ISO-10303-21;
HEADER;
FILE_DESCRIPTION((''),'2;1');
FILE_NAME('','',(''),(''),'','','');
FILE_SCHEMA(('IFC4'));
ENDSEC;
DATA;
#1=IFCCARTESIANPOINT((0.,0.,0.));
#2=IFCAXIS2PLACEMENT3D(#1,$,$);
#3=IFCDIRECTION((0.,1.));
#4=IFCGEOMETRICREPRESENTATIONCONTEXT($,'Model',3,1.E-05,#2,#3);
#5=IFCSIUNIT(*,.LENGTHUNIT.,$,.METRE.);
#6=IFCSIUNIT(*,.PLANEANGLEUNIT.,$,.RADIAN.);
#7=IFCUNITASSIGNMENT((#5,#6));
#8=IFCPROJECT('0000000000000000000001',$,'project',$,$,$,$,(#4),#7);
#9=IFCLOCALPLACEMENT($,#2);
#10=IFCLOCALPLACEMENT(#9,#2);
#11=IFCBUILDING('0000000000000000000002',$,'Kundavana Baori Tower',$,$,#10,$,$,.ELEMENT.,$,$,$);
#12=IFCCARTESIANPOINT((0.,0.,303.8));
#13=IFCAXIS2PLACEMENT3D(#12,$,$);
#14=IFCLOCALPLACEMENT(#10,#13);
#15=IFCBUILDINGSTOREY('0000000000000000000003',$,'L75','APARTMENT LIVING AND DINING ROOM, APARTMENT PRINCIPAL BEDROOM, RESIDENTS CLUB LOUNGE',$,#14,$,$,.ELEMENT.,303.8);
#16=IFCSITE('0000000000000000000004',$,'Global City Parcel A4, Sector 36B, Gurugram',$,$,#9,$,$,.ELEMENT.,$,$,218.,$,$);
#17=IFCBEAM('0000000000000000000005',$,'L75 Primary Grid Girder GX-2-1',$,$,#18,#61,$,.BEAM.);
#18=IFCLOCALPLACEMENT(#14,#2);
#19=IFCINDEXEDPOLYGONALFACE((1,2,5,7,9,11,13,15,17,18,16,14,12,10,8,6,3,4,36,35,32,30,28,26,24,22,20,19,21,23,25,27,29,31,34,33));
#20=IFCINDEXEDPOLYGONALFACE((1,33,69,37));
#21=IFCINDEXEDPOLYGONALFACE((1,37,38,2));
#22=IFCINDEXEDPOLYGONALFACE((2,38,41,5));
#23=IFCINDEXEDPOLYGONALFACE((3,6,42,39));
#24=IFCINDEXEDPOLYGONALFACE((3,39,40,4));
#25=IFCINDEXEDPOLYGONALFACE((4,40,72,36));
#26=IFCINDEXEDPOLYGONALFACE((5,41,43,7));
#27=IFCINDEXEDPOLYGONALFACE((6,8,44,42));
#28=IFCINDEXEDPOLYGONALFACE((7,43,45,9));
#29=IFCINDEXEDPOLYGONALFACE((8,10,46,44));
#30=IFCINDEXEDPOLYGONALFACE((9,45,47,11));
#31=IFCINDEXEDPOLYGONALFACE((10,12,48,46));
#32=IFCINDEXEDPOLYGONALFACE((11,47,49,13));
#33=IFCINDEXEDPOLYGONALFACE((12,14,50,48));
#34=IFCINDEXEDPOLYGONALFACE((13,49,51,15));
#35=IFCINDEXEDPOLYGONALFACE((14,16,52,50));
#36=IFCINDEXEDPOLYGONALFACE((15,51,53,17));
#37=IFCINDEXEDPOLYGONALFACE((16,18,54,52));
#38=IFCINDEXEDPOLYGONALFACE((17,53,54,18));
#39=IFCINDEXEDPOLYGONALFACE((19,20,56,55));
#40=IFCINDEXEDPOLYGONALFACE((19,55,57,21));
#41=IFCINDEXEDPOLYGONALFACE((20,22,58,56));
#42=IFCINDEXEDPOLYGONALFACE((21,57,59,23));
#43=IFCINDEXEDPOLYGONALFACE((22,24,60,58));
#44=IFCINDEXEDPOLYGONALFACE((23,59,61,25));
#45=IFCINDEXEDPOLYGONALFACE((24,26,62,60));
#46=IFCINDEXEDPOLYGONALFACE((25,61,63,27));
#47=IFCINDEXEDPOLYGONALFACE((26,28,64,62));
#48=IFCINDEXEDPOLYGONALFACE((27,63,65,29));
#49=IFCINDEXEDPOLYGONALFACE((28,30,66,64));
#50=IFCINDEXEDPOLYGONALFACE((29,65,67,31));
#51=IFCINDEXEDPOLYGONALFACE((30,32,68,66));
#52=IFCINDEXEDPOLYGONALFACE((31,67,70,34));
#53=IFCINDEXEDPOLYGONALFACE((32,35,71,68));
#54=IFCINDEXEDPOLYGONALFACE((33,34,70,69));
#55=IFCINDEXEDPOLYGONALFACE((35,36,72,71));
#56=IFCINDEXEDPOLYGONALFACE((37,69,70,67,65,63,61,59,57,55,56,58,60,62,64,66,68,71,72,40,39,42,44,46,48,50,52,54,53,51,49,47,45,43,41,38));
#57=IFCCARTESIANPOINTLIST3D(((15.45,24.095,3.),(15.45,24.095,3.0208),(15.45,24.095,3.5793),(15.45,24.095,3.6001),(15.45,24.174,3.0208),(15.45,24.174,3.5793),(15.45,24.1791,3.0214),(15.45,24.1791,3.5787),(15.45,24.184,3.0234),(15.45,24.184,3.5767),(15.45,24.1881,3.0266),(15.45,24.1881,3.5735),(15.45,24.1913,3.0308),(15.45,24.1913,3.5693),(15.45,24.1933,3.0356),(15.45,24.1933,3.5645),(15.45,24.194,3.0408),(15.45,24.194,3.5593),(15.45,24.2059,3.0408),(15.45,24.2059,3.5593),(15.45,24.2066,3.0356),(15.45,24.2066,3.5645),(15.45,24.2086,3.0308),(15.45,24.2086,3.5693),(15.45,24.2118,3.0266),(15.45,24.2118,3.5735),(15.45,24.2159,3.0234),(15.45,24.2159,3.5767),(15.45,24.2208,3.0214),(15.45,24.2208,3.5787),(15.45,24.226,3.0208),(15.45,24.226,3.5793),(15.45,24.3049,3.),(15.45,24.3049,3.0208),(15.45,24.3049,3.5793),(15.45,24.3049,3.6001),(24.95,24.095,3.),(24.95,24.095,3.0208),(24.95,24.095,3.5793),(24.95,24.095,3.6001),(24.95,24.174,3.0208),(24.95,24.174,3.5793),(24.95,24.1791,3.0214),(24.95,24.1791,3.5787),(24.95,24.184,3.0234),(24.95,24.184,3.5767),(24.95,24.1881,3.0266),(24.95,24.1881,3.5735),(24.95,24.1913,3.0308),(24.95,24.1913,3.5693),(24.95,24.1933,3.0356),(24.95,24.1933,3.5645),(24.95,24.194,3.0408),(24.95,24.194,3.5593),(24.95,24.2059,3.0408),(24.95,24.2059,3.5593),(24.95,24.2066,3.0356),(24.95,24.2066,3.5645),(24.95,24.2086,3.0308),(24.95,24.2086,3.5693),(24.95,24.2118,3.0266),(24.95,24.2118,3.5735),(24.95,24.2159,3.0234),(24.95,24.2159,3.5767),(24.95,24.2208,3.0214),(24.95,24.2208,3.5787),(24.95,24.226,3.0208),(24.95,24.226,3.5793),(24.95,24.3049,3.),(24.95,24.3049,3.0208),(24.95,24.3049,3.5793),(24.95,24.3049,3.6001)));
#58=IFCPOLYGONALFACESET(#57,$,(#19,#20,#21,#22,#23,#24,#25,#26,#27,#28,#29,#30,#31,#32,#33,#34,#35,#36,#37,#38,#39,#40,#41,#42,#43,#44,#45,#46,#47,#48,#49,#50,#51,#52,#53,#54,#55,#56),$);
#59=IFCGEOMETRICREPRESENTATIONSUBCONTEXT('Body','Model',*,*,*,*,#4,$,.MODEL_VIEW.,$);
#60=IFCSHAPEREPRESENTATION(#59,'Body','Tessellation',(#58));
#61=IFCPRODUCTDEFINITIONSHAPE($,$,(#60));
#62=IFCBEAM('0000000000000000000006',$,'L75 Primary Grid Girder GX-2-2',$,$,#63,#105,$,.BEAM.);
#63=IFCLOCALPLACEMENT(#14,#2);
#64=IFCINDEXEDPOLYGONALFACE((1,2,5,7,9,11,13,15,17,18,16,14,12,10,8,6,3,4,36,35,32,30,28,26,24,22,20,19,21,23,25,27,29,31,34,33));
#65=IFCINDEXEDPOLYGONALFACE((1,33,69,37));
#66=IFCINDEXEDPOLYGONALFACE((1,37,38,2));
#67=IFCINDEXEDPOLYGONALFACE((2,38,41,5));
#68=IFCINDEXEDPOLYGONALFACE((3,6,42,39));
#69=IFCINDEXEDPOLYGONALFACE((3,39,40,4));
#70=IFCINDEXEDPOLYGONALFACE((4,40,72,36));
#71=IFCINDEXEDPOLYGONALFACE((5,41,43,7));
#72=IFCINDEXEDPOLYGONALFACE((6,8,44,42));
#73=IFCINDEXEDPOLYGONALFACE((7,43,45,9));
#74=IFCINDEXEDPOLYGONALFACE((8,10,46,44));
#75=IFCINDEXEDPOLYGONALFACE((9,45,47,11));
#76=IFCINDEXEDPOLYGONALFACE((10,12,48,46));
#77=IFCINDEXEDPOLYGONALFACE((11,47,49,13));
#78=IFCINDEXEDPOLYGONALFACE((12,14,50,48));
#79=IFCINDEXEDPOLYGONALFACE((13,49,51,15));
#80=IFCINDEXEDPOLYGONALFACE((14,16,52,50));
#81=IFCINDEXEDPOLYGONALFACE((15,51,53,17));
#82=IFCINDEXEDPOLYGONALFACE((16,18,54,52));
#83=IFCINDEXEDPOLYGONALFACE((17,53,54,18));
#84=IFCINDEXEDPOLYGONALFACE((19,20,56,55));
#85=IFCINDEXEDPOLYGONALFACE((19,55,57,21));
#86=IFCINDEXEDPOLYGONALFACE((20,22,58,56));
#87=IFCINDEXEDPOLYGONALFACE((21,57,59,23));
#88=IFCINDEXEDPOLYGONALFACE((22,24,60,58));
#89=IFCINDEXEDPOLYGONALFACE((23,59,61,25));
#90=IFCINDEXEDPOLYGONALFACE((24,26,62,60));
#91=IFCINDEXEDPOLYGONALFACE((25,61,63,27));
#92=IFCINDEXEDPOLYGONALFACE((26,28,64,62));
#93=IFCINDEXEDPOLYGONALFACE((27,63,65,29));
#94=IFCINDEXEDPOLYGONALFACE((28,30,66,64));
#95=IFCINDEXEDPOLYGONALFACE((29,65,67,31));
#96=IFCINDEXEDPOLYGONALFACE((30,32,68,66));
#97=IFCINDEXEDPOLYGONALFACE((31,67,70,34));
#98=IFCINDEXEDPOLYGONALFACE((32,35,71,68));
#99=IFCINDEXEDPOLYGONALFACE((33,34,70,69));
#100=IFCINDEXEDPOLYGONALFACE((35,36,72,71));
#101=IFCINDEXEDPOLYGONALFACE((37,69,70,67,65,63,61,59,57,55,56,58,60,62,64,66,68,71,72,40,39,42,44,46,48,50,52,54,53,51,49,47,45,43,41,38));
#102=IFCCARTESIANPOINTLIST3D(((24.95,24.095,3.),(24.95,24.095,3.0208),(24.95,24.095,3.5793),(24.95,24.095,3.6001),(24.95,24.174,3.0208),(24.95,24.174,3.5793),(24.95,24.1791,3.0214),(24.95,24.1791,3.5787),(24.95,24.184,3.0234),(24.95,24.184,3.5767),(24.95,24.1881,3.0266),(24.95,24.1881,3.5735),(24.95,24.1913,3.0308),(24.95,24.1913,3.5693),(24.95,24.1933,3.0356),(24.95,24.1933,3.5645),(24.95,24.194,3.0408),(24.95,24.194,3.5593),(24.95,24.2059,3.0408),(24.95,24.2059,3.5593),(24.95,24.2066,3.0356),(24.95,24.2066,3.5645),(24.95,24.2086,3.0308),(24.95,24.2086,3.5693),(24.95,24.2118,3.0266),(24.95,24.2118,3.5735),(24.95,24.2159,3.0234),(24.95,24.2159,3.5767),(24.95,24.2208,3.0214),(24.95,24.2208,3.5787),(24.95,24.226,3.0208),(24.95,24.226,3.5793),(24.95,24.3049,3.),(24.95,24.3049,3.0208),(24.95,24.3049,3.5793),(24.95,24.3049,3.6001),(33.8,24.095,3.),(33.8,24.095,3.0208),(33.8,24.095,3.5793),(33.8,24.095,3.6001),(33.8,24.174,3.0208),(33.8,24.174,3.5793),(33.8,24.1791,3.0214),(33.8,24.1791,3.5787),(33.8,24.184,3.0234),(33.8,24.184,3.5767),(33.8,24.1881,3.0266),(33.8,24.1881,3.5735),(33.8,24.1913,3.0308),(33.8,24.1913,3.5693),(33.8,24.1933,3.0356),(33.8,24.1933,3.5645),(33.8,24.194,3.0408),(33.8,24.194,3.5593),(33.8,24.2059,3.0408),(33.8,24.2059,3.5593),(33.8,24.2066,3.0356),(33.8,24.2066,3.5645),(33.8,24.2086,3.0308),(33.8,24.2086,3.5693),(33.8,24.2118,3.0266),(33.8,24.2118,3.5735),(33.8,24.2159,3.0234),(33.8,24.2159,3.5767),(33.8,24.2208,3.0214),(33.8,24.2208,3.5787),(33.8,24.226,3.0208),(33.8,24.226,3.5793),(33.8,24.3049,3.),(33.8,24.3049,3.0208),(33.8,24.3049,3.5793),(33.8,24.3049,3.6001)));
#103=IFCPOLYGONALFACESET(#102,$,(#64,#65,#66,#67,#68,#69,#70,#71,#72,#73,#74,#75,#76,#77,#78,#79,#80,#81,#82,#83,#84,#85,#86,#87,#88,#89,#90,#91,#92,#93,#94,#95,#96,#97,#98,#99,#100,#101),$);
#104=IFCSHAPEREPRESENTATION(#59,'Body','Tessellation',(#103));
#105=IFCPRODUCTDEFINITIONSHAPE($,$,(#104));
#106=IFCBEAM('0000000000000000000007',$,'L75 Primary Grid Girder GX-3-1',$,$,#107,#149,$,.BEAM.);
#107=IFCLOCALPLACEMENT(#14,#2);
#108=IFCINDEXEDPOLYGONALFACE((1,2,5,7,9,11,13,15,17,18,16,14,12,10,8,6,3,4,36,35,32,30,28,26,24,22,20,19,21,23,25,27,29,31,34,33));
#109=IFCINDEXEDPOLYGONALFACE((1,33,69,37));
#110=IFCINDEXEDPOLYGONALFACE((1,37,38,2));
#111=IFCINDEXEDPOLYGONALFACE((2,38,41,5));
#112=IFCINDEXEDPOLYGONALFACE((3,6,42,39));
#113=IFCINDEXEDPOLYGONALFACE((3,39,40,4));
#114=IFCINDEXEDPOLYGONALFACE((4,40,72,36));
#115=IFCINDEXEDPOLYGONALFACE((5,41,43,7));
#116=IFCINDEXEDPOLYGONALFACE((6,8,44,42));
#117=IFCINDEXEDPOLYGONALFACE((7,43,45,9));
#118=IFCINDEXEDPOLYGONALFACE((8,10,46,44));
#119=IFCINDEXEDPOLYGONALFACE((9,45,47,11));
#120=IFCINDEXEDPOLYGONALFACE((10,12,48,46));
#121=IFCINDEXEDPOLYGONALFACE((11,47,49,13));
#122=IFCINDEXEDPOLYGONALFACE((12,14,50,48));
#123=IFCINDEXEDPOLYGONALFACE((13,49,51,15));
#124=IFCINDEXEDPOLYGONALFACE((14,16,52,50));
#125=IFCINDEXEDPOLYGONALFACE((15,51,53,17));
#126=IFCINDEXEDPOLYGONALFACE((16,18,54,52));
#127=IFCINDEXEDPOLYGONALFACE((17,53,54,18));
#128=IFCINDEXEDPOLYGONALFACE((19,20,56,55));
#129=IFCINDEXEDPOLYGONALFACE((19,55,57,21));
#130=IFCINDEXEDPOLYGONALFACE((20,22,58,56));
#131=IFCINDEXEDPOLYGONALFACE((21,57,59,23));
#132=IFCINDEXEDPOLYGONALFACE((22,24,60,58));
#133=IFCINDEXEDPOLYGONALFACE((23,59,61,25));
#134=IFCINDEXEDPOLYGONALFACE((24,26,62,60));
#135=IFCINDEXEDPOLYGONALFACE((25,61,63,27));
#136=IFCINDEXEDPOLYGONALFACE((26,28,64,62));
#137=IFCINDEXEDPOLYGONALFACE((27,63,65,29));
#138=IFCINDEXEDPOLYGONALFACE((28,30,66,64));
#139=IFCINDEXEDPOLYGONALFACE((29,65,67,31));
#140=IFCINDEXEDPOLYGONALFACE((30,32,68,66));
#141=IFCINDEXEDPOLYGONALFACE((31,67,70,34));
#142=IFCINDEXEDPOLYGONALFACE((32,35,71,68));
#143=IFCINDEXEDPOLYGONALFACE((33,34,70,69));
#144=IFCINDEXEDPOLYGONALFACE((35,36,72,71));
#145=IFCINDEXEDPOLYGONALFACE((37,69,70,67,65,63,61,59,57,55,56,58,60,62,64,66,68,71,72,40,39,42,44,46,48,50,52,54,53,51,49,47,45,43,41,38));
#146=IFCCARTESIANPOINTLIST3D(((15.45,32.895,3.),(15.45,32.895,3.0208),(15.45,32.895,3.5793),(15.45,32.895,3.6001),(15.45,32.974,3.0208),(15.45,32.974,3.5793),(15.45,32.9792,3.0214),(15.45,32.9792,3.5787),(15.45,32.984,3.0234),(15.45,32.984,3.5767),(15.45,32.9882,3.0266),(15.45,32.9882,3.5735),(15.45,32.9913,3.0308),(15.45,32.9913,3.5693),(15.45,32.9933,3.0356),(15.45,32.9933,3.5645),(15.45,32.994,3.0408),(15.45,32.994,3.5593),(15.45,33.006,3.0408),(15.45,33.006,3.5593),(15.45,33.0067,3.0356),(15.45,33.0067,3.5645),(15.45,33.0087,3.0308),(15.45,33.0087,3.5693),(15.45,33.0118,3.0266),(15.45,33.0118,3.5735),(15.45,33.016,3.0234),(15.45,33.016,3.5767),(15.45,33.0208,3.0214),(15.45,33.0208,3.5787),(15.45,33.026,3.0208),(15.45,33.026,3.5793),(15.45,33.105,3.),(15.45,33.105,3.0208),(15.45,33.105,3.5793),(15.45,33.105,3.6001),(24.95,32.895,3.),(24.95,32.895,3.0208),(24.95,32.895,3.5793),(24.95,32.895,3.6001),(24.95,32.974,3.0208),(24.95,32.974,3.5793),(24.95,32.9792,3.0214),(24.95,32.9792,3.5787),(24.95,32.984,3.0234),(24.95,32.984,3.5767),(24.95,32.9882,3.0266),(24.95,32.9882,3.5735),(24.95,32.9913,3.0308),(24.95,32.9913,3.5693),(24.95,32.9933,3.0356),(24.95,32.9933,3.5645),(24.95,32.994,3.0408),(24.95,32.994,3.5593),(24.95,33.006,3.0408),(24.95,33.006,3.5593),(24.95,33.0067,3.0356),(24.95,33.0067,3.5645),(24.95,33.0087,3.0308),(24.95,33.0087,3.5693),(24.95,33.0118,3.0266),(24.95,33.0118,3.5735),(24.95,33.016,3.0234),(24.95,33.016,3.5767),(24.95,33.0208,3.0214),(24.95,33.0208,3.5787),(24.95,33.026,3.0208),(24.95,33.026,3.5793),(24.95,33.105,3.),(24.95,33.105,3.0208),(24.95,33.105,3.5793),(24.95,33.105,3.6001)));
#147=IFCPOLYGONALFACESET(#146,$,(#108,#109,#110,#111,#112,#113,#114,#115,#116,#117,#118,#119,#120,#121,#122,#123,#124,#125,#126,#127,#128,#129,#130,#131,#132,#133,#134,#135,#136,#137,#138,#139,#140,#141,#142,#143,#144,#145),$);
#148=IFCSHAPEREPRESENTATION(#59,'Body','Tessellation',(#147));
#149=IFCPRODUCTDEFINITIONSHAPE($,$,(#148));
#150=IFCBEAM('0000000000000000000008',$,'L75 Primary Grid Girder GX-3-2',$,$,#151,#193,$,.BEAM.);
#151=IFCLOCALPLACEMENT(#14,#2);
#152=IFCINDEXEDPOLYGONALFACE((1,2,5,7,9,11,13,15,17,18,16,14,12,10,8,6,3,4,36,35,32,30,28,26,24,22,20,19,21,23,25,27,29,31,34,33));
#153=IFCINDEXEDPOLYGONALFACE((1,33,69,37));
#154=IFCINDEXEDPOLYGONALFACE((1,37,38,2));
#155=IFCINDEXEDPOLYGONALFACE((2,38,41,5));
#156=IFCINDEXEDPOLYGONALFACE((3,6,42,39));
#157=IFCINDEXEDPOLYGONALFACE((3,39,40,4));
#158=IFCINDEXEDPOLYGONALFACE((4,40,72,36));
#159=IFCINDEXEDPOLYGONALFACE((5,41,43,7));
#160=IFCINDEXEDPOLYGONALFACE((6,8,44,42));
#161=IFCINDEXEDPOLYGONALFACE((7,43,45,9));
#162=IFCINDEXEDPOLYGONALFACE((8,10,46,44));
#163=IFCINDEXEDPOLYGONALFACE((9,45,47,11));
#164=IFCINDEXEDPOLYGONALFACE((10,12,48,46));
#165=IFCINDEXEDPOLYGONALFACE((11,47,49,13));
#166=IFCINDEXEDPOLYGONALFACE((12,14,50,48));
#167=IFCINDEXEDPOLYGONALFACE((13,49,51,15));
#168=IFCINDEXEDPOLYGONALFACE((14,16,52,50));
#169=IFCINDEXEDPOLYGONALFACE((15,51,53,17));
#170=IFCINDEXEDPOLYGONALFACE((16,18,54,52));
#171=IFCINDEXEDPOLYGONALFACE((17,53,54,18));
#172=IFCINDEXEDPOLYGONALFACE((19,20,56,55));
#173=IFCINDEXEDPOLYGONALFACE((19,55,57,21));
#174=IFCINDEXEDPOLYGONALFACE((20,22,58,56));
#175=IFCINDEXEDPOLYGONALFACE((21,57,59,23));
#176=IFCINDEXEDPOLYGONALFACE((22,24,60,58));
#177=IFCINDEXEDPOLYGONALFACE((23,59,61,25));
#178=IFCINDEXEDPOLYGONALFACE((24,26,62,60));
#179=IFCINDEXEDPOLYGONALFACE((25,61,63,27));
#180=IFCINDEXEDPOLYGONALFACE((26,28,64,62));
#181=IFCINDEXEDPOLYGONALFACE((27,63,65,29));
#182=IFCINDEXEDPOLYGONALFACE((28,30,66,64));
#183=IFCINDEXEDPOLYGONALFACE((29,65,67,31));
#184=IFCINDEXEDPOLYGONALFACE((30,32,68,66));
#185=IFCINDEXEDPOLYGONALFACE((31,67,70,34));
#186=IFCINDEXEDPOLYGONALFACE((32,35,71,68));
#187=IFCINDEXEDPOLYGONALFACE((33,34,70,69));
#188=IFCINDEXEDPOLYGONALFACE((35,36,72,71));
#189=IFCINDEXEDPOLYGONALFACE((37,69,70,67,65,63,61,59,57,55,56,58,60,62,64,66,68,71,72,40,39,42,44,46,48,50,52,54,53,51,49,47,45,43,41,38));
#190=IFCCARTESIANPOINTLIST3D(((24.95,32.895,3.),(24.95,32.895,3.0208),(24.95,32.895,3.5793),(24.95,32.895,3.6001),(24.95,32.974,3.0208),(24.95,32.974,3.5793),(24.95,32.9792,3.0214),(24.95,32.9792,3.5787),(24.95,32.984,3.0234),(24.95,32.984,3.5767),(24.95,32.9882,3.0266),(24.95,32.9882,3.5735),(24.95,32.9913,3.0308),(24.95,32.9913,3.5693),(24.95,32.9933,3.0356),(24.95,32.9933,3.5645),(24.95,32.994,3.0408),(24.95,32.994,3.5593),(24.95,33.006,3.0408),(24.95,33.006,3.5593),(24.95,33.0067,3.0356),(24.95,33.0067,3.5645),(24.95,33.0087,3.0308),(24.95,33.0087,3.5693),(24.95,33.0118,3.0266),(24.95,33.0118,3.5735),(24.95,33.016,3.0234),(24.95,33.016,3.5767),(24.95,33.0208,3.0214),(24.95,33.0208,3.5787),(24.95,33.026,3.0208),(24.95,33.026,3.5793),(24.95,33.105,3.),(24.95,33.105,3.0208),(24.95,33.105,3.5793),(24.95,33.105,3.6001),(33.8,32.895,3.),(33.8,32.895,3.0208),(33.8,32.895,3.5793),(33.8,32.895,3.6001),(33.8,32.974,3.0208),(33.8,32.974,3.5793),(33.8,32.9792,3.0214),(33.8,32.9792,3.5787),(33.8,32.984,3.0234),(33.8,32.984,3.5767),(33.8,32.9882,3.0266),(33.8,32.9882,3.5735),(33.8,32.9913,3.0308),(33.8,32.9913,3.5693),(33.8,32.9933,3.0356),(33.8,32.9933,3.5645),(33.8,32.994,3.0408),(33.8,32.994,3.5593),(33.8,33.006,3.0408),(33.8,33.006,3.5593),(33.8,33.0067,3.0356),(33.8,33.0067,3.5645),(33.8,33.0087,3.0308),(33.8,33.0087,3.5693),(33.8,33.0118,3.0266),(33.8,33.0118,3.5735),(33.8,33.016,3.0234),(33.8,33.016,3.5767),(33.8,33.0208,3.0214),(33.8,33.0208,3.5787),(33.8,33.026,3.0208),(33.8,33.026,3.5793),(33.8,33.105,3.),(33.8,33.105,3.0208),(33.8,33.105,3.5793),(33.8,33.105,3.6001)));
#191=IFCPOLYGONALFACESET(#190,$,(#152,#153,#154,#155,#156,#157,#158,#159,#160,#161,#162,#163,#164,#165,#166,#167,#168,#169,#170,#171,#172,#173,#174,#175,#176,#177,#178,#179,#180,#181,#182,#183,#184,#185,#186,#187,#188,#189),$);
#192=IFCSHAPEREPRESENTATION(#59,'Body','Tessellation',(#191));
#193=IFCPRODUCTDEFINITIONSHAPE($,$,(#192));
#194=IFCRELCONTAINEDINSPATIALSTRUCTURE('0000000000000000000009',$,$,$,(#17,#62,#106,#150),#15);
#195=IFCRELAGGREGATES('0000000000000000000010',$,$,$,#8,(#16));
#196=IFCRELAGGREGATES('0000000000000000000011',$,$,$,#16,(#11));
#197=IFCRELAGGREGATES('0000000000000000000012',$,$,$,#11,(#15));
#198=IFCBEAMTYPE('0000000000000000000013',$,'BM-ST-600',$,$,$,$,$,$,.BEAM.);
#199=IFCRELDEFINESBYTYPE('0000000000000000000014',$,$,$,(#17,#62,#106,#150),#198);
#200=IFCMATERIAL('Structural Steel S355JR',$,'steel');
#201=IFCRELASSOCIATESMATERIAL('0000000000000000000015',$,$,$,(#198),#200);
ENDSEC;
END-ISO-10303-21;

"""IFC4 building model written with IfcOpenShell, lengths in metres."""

from ifc_helpers import new_model, si_unit, direction, frame, origin, origin_2d, place, context, subcontext, project, spatial, i_section, extrude, material, material_profile, profile_set, type_object, element, save


model = new_model("IFC4")

# Units and contexts
model_context = context("Model", 3, precision=1e-05, world=origin(), true_north=direction((0.0, 1.0)))
body_context = subcontext(model_context, "Body", "Model", "MODEL_VIEW")
ifc_project = project(units=[si_unit("LENGTHUNIT", "METRE"), si_unit("PLANEANGLEUNIT", "RADIAN")], contexts=[model_context])

# Site, building, storey
site_placement = place(None, origin())
site = spatial("IfcSite", under=ifc_project, at=site_placement, Name="Global City Parcel A4, Sector 36B, Gurugram", CompositionType="ELEMENT", RefElevation=218.0)
building_placement = place(site_placement, origin())
building = spatial("IfcBuilding", under=site, at=building_placement, Name="Kundavana Baori Tower", CompositionType="ELEMENT")
storey_placement = place(building_placement, frame((0.0, 0.0, 303.8)))
storey = spatial("IfcBuildingStorey", under=building, at=storey_placement, Name="L75", Description="APARTMENT LIVING AND DINING ROOM, APARTMENT PRINCIPAL BEDROOM, RESIDENTS CLUB LOUNGE", CompositionType="ELEMENT", Elevation=303.8)

# Beams
ifc_material_1 = material(Name="Structural Steel S355JR", Category="steel")
ifc_material_profile_1 = material_profile(ifc_material_1, i_section(OverallWidth=0.21, OverallDepth=0.6001, WebThickness=0.012, FlangeThickness=0.0208, FilletRadius=0.02, at=origin_2d()), Name="ISMB 600")
ifc_profile_set_1 = profile_set([ifc_material_profile_1], Name="Structural Steel S355JR")
beam_type_1 = type_object("IfcBeamType", Name="BM-ST-600", PredefinedType="BEAM", material=ifc_profile_set_1)
beam_1_placement = place(storey_placement, frame((15.45, 24.2, 3.3), z_axis=(1.0, 0.0, 0.0), x_axis=(0.0, 1.0, 0.0)))
element("IfcBeam", 1, at=beam_1_placement, inside=storey, type_object=beam_type_1, Name="L75 Primary Grid Girder GX-2-1", PredefinedType="BEAM", context=body_context, shape_type="SweptSolid", body=[
    extrude(i_section(OverallWidth=0.21, OverallDepth=0.6001, WebThickness=0.012, FlangeThickness=0.0208, FilletRadius=0.02, at=origin_2d()), origin(), (0.0, 0.0, 1.0), 9.5),
])
beam_2_placement = place(storey_placement, frame((24.95, 24.2, 3.3), z_axis=(1.0, 0.0, 0.0), x_axis=(0.0, 1.0, 0.0)))
element("IfcBeam", 2, at=beam_2_placement, inside=storey, type_object=beam_type_1, Name="L75 Primary Grid Girder GX-2-2", PredefinedType="BEAM", context=body_context, shape_type="SweptSolid", body=[
    extrude(i_section(OverallWidth=0.21, OverallDepth=0.6001, WebThickness=0.012, FlangeThickness=0.0208, FilletRadius=0.02, at=origin_2d()), origin(), (0.0, 0.0, 1.0), 8.8501),
])
beam_3_placement = place(storey_placement, frame((15.45, 33.0, 3.3), z_axis=(1.0, 0.0, 0.0), x_axis=(0.0, 1.0, 0.0)))
element("IfcBeam", 3, at=beam_3_placement, inside=storey, type_object=beam_type_1, Name="L75 Primary Grid Girder GX-3-1", PredefinedType="BEAM", context=body_context, shape_type="SweptSolid", body=[
    extrude(i_section(OverallWidth=0.21, OverallDepth=0.6001, WebThickness=0.012, FlangeThickness=0.0208, FilletRadius=0.02, at=origin_2d()), origin(), (0.0, 0.0, 1.0), 9.5),
])
beam_4_placement = place(storey_placement, frame((24.95, 33.0, 3.3), z_axis=(1.0, 0.0, 0.0), x_axis=(0.0, 1.0, 0.0)))
element("IfcBeam", 4, at=beam_4_placement, inside=storey, type_object=beam_type_1, Name="L75 Primary Grid Girder GX-3-2", PredefinedType="BEAM", context=body_context, shape_type="SweptSolid", body=[
    extrude(i_section(OverallWidth=0.21, OverallDepth=0.6001, WebThickness=0.012, FlangeThickness=0.0208, FilletRadius=0.02, at=origin_2d()), origin(), (0.0, 0.0, 1.0), 8.8501),
])

save(model, "model.ifc")
